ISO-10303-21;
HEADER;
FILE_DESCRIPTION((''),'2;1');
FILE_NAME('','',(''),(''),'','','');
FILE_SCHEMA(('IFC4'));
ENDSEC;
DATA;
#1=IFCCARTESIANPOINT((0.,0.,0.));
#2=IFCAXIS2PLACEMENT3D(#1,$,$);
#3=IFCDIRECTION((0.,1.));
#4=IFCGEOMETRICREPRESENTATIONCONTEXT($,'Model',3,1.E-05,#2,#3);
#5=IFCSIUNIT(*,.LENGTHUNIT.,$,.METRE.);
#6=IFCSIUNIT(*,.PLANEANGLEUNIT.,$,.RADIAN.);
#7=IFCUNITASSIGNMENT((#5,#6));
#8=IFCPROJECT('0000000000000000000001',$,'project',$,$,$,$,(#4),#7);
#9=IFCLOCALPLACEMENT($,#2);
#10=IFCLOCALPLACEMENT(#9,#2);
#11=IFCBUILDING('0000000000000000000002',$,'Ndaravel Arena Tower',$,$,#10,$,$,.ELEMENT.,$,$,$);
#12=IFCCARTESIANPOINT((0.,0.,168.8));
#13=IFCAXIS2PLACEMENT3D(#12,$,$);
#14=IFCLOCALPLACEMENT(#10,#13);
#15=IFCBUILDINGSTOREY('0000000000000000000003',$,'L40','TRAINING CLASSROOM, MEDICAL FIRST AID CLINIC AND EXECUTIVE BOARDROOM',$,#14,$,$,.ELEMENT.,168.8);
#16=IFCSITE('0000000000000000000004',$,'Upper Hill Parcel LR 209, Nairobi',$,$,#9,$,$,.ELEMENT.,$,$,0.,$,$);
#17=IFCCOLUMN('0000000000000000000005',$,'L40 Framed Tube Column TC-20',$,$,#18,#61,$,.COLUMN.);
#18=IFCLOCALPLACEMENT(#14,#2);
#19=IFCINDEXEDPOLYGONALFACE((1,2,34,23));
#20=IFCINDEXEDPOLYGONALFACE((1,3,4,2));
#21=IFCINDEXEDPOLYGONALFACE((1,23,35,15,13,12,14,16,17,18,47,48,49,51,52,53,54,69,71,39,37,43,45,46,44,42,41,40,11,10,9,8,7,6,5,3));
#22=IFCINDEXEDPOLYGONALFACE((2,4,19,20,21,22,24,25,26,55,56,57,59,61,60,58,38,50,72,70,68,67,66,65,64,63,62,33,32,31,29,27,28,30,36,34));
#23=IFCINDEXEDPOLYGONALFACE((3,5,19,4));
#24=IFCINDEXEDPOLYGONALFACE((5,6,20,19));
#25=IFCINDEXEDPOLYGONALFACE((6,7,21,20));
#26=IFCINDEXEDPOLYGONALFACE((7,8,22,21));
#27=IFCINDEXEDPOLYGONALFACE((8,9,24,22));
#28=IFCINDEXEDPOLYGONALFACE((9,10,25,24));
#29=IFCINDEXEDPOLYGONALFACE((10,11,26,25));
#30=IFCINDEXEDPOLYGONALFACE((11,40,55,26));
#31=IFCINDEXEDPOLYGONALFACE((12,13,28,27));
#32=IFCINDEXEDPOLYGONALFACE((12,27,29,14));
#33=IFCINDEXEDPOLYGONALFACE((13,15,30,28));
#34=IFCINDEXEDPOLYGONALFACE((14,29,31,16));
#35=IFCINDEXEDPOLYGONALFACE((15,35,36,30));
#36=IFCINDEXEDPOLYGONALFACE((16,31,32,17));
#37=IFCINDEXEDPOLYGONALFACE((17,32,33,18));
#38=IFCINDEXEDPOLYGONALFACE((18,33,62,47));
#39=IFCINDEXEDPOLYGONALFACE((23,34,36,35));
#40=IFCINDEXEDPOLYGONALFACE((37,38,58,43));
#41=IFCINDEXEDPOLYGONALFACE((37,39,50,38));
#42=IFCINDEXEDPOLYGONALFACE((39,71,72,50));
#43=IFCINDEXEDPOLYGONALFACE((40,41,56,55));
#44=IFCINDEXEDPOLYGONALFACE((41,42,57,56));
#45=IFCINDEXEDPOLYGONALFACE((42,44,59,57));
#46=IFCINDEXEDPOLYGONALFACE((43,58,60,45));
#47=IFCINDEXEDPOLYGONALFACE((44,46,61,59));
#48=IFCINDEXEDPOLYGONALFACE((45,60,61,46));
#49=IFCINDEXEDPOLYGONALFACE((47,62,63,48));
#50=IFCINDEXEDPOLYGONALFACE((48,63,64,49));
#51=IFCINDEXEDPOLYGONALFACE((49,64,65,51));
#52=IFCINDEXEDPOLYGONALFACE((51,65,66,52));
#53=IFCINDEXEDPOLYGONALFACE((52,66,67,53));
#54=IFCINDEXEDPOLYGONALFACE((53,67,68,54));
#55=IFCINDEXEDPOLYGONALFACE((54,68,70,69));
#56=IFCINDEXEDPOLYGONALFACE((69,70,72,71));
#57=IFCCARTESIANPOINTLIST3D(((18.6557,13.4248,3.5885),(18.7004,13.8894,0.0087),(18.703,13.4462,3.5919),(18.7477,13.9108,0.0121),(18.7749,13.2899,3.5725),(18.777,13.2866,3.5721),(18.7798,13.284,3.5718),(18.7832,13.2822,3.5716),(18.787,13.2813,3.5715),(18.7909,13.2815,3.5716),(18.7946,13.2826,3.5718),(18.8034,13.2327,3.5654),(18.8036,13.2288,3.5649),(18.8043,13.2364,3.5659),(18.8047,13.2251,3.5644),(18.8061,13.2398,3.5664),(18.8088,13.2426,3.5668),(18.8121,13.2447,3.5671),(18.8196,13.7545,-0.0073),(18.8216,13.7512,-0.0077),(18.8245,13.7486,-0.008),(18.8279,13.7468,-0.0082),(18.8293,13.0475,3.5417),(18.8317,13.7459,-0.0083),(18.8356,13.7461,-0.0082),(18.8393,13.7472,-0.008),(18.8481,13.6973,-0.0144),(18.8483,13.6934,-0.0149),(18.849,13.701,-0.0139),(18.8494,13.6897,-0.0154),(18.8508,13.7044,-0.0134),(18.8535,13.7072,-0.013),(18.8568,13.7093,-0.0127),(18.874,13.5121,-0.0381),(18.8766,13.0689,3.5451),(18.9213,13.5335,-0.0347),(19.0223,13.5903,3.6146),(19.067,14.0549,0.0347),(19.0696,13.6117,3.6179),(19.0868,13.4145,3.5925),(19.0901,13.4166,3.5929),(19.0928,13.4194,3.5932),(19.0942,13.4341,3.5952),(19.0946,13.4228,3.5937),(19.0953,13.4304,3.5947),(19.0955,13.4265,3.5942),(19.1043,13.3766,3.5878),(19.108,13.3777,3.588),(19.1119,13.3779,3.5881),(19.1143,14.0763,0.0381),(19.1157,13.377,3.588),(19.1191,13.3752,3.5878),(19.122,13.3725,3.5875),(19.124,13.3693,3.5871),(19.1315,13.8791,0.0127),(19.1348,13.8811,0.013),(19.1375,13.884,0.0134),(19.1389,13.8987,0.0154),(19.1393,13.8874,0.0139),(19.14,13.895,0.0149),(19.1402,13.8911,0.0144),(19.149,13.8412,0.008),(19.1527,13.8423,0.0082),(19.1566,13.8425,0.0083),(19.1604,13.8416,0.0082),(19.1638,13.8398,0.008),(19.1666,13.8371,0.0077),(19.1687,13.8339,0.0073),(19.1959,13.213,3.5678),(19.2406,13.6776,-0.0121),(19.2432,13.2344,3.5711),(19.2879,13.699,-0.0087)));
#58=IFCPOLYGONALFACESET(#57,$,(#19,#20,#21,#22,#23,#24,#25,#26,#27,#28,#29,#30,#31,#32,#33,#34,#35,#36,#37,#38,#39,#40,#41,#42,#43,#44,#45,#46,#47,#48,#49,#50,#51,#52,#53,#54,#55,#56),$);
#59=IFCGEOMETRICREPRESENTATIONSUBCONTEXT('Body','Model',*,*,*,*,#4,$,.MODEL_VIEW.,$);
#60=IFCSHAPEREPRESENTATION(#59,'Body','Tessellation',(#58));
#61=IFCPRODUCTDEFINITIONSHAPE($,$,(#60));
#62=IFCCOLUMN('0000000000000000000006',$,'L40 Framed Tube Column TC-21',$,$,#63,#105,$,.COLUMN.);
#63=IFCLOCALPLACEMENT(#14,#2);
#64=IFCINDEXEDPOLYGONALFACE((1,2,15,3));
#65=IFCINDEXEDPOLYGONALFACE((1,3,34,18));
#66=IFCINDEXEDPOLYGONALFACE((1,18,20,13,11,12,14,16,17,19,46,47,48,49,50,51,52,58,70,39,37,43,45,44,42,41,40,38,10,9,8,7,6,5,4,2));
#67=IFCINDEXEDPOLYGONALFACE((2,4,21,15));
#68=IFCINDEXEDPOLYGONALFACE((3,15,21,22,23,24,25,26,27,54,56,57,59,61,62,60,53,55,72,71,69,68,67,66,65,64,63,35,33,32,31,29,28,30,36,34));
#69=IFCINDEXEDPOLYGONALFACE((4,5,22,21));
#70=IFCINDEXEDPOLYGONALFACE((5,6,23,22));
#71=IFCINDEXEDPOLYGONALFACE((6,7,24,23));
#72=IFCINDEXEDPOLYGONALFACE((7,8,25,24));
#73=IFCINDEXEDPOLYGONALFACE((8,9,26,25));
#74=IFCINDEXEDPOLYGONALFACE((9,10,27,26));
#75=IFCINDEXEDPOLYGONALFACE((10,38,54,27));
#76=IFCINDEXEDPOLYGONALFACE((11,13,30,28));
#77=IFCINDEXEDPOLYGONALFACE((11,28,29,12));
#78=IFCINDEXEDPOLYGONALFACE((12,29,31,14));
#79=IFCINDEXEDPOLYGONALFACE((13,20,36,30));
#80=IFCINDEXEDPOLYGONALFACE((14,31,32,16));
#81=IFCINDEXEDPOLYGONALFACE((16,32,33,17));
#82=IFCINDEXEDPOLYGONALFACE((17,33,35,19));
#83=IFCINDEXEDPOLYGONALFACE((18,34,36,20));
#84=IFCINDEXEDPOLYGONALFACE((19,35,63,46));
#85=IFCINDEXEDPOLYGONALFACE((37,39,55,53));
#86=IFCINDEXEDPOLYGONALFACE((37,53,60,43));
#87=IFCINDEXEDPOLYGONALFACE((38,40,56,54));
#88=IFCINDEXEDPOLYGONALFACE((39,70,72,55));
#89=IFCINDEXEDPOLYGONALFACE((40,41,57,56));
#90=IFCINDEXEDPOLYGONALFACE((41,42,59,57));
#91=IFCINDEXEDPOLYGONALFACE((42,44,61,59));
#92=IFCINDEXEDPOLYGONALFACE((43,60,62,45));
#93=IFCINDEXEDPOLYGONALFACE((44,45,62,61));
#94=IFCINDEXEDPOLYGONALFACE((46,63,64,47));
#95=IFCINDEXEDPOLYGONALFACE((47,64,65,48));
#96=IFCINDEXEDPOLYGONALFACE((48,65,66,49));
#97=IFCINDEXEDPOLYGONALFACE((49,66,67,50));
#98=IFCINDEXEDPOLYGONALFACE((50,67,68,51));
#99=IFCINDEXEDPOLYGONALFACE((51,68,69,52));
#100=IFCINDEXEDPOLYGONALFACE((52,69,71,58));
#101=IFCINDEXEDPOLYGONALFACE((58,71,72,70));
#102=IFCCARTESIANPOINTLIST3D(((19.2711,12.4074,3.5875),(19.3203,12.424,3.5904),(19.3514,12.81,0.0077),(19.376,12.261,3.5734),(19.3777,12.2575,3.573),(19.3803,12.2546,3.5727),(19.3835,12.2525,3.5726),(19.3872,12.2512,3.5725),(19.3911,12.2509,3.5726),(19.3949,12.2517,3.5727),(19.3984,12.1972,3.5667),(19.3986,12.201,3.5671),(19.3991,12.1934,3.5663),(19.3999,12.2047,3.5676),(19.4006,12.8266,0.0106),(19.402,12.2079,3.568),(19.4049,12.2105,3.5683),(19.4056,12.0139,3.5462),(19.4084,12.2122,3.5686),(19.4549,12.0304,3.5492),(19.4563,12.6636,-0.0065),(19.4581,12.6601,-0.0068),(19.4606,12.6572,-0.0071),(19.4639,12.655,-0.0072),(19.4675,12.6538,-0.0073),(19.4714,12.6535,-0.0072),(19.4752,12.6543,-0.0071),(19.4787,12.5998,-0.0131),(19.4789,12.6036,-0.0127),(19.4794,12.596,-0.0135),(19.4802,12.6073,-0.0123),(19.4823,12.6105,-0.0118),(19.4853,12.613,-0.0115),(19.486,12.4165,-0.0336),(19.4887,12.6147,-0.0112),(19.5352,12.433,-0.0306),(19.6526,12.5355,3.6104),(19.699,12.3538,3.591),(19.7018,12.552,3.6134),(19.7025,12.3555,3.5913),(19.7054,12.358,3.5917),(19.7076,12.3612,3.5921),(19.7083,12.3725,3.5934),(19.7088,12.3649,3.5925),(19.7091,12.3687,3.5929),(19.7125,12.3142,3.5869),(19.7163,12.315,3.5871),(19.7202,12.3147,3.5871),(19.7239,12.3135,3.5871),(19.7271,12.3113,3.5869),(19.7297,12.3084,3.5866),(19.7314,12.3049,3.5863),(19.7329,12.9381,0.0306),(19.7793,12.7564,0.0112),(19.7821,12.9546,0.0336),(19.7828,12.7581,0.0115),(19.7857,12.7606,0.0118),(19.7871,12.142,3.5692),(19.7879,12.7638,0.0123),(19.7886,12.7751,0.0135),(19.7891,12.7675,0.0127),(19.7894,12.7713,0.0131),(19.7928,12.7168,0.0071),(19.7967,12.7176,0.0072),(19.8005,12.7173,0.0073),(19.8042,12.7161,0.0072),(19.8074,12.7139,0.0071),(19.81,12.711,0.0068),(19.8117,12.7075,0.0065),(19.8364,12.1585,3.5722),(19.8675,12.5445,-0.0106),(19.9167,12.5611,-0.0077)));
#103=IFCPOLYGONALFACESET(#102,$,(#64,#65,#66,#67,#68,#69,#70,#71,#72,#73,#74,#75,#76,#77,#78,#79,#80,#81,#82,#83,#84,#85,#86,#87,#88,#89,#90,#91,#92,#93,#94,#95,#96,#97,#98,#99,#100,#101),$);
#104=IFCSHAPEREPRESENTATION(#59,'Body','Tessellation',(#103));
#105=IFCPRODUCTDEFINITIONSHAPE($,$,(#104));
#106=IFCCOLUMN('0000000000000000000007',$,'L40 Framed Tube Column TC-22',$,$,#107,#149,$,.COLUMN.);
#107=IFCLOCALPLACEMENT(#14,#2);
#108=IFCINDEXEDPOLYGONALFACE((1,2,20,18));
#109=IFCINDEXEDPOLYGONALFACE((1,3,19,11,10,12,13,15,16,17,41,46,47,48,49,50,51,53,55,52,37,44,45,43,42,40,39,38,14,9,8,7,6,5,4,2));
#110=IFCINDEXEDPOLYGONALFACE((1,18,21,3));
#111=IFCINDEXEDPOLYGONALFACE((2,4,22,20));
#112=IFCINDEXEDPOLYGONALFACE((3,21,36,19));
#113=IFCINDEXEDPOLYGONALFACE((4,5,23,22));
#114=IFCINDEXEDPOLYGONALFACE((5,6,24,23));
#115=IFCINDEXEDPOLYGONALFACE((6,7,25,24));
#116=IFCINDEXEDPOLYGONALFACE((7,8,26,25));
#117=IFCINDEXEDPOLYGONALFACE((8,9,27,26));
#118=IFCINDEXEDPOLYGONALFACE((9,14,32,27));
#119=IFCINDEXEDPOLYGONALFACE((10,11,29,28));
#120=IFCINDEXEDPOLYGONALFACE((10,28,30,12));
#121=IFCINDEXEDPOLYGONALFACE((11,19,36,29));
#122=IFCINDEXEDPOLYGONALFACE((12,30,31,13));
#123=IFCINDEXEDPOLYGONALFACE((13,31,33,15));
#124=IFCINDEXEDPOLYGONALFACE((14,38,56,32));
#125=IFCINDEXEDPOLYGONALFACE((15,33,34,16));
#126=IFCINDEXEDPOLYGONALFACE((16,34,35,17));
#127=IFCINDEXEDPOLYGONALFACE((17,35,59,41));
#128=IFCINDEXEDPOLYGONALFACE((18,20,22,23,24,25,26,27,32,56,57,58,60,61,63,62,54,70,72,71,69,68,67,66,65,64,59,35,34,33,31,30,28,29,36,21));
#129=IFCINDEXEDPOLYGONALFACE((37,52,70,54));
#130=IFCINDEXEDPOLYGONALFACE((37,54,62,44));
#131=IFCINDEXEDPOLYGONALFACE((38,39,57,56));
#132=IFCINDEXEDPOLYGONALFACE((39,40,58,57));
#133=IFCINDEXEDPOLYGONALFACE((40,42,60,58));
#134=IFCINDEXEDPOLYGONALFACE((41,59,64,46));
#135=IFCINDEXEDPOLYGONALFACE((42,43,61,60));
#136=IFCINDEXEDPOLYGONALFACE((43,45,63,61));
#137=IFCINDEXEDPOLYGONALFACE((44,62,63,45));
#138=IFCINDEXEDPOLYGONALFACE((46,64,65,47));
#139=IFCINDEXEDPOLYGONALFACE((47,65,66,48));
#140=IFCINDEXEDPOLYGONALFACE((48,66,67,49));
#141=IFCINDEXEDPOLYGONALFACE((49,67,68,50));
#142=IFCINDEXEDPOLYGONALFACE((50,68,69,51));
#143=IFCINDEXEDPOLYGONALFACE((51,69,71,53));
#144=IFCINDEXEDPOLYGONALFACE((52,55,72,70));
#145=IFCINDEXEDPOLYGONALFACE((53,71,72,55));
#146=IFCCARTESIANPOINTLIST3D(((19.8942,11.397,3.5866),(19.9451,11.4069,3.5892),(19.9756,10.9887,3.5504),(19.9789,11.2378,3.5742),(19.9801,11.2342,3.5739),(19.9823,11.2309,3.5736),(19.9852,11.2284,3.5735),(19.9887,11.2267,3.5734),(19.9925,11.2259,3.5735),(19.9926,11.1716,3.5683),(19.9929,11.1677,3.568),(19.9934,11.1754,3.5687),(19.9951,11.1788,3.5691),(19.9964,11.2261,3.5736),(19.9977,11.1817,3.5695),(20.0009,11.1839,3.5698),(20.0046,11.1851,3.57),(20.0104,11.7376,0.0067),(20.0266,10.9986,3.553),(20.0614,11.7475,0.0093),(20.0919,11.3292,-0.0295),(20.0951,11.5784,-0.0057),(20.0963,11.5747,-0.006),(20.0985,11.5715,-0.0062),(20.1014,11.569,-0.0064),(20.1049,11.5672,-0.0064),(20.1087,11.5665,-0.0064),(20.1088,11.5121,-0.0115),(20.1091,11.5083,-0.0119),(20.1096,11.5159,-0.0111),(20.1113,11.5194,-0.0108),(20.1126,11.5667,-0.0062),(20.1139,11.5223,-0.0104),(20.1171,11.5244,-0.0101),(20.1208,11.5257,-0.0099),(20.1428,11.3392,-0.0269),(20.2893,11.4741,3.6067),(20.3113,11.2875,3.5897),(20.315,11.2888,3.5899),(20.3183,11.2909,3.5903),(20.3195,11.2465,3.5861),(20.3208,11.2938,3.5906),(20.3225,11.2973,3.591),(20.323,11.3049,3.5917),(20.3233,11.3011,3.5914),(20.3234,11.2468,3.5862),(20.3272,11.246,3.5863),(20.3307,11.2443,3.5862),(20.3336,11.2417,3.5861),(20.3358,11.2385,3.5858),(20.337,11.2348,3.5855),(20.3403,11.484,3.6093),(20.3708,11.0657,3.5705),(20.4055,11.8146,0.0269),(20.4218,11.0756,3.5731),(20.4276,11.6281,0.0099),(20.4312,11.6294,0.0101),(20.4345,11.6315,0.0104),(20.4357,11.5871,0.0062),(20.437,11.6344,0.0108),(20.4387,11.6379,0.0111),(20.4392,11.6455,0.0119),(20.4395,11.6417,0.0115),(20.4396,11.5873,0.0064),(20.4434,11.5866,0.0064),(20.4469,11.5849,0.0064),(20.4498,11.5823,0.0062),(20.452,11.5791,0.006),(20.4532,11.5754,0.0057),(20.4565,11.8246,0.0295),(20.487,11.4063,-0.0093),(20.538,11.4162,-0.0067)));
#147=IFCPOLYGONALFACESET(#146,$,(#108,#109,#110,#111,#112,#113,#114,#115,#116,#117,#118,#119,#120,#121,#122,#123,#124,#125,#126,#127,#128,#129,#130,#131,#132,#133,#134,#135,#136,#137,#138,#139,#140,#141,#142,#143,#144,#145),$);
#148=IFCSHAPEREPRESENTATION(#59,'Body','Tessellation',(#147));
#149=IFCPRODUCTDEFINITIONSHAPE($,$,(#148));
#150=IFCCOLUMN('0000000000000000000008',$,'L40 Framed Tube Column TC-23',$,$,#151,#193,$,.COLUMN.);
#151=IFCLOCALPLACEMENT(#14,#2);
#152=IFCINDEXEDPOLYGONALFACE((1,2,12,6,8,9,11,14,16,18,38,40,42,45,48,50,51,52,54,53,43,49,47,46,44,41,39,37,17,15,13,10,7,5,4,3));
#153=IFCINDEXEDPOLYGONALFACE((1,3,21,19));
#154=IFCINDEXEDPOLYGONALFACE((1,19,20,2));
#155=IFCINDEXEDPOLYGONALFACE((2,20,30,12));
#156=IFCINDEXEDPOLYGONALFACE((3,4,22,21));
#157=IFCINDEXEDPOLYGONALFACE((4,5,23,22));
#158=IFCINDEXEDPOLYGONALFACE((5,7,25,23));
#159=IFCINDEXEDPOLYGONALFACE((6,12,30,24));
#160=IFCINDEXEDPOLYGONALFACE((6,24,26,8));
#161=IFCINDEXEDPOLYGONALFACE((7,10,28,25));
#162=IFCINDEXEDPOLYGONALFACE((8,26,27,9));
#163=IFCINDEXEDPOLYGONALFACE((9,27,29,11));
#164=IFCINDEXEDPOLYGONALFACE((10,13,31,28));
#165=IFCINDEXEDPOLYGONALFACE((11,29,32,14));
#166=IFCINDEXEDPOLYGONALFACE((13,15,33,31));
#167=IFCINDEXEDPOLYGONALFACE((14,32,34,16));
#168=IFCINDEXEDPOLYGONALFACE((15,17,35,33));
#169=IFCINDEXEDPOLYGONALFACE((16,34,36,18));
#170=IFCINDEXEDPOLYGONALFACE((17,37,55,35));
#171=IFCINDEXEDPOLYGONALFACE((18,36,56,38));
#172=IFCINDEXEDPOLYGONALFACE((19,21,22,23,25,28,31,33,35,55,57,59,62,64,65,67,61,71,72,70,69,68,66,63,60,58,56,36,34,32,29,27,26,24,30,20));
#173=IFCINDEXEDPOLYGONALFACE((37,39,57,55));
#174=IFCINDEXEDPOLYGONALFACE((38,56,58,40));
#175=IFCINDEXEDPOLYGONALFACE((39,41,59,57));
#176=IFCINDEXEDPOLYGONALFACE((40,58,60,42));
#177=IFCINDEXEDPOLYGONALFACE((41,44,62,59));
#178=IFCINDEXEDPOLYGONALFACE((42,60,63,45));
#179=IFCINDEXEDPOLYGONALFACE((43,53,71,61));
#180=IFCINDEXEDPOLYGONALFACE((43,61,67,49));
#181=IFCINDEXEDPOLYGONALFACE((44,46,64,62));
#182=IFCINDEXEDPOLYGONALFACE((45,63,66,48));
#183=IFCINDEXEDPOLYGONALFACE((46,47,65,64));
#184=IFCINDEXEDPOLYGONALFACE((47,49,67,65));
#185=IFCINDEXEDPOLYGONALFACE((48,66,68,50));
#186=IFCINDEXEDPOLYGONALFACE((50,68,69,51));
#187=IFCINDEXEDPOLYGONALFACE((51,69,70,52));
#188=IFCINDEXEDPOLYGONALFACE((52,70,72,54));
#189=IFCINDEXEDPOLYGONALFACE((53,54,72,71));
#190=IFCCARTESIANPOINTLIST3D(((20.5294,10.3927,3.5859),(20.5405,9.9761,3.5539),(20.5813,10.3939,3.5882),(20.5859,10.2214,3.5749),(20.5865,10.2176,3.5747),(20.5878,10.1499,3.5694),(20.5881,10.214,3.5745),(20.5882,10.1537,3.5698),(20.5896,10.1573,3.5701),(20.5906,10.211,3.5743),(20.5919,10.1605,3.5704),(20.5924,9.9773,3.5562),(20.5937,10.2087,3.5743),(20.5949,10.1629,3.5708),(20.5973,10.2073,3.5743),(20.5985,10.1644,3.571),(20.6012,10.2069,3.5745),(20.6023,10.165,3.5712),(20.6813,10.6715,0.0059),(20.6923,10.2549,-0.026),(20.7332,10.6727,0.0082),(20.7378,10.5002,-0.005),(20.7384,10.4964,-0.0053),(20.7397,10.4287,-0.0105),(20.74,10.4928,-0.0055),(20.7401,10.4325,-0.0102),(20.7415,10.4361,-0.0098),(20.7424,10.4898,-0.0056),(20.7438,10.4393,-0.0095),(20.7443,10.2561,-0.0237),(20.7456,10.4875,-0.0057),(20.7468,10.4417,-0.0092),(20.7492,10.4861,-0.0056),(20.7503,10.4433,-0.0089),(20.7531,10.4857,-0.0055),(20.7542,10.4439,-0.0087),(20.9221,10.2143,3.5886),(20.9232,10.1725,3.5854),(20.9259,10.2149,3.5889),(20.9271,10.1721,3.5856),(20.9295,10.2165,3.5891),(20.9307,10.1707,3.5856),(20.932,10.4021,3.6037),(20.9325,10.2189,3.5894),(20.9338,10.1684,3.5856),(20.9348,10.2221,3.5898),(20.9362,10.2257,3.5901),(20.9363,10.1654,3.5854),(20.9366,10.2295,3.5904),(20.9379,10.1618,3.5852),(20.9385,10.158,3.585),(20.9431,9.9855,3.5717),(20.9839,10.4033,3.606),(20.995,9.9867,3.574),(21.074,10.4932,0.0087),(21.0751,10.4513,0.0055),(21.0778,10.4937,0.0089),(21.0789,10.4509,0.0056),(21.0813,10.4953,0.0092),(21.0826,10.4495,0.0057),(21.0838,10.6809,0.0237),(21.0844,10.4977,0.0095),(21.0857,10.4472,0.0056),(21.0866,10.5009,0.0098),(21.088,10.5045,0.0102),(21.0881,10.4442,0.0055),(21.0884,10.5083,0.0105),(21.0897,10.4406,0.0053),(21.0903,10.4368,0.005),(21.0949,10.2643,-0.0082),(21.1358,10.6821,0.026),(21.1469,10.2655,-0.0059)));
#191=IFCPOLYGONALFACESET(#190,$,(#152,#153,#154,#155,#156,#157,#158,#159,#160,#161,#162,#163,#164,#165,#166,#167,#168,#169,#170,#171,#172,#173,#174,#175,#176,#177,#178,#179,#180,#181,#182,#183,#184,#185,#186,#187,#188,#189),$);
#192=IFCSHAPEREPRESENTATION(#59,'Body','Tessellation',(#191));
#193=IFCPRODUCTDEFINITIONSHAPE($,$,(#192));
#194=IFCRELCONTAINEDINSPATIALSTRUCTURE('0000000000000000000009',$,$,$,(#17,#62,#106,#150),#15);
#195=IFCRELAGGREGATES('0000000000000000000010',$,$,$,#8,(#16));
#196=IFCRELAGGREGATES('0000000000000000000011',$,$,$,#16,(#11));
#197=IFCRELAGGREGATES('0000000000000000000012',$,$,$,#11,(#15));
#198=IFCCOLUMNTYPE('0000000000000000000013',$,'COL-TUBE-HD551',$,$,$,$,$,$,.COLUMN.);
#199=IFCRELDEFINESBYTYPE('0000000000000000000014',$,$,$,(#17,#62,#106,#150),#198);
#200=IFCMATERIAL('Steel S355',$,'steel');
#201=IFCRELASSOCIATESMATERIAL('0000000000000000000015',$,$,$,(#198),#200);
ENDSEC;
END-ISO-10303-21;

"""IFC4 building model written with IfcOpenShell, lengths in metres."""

from ifc_helpers import new_model, si_unit, direction, frame, origin, origin_2d, place, context, subcontext, project, spatial, i_section, extrude, material, material_profile, profile_set, type_object, element, save


model = new_model("IFC4")

# Units and contexts
model_context = context("Model", 3, precision=1e-05, world=origin(), true_north=direction((0.0, 1.0)))
body_context = subcontext(model_context, "Body", "Model", "MODEL_VIEW")
ifc_project = project(units=[si_unit("LENGTHUNIT", "METRE"), si_unit("PLANEANGLEUNIT", "RADIAN")], contexts=[model_context])

# Site, building, storey
site_placement = place(None, origin())
site = spatial("IfcSite", under=ifc_project, at=site_placement, Name="Upper Hill Parcel LR 209, Nairobi", CompositionType="ELEMENT", RefElevation=0.0)
building_placement = place(site_placement, origin())
building = spatial("IfcBuilding", under=site, at=building_placement, Name="Ndaravel Arena Tower", CompositionType="ELEMENT")
storey_placement = place(building_placement, frame((0.0, 0.0, 168.8)))
storey = spatial("IfcBuildingStorey", under=building, at=storey_placement, Name="L40", Description="TRAINING CLASSROOM, MEDICAL FIRST AID CLINIC AND EXECUTIVE BOARDROOM", CompositionType="ELEMENT", Elevation=168.8)

# Columns
ifc_material_1 = material(Name="Steel S355", Category="steel")
ifc_material_profile_1 = material_profile(ifc_material_1, i_section(OverallWidth=0.418, OverallDepth=0.4551, WebThickness=0.042, FlangeThickness=0.052, FilletRadius=0.0149, at=origin_2d()), Name="HD 400x551")
ifc_profile_set_1 = profile_set([ifc_material_profile_1], Name="Steel S355")
column_type = type_object("IfcColumnType", Name="COL-TUBE-HD551", PredefinedType="COLUMN", material=ifc_profile_set_1)
column_1_placement = place(storey_placement, frame((18.9941, 13.7942, 0.0), z_axis=(-0.012376, -0.128693, 0.991607), x_axis=(-0.415502, 0.902675, 0.111966)))
element("IfcColumn", 1, at=column_1_placement, inside=storey, type_object=column_type, Name="L40 Framed Tube Column TC-20", PredefinedType="COLUMN", context=body_context, shape_type="SweptSolid", body=[
    extrude(i_section(OverallWidth=0.418, OverallDepth=0.4551, WebThickness=0.042, FlangeThickness=0.052, FilletRadius=0.0149, at=origin_2d()), origin(), (0.0, 0.0, 1.0), 3.6101),
])
column_2_placement = place(storey_placement, frame((19.634, 12.6855, 0.0), z_axis=(-0.022291, -0.111728, 0.993489), x_axis=(-0.321994, 0.941586, 0.098666)))
element("IfcColumn", 2, at=column_2_placement, inside=storey, type_object=column_type, Name="L40 Framed Tube Column TC-21", PredefinedType="COLUMN", context=body_context, shape_type="SweptSolid", body=[
    extrude(i_section(OverallWidth=0.418, OverallDepth=0.4551, WebThickness=0.042, FlangeThickness=0.052, FilletRadius=0.0149, at=origin_2d()), origin(), (0.0, 0.0, 1.0), 3.6033),
])
column_3_placement = place(storey_placement, frame((20.2742, 11.5769, 0.0), z_axis=(-0.0323, -0.09466, 0.994985), x_axis=(-0.194942, 0.976983, 0.086619)))
element("IfcColumn", 3, at=column_3_placement, inside=storey, type_object=column_type, Name="L40 Framed Tube Column TC-22", PredefinedType="COLUMN", context=body_context, shape_type="SweptSolid", body=[
    extrude(i_section(OverallWidth=0.418, OverallDepth=0.4551, WebThickness=0.042, FlangeThickness=0.052, FilletRadius=0.0149, at=origin_2d()), origin(), (0.0, 0.0, 1.0), 3.5979),
])
column_4_placement = place(storey_placement, frame((20.9141, 10.4685, 0.0), z_axis=(-0.042254, -0.077579, 0.99609), x_axis=(-0.026483, 0.996718, 0.076504)))
element("IfcColumn", 4, at=column_4_placement, inside=storey, type_object=column_type, Name="L40 Framed Tube Column TC-23", PredefinedType="COLUMN", context=body_context, shape_type="SweptSolid", body=[
    extrude(i_section(OverallWidth=0.418, OverallDepth=0.4551, WebThickness=0.042, FlangeThickness=0.052, FilletRadius=0.0149, at=origin_2d()), origin(), (0.0, 0.0, 1.0), 3.594),
])

save(model, "model.ifc")
